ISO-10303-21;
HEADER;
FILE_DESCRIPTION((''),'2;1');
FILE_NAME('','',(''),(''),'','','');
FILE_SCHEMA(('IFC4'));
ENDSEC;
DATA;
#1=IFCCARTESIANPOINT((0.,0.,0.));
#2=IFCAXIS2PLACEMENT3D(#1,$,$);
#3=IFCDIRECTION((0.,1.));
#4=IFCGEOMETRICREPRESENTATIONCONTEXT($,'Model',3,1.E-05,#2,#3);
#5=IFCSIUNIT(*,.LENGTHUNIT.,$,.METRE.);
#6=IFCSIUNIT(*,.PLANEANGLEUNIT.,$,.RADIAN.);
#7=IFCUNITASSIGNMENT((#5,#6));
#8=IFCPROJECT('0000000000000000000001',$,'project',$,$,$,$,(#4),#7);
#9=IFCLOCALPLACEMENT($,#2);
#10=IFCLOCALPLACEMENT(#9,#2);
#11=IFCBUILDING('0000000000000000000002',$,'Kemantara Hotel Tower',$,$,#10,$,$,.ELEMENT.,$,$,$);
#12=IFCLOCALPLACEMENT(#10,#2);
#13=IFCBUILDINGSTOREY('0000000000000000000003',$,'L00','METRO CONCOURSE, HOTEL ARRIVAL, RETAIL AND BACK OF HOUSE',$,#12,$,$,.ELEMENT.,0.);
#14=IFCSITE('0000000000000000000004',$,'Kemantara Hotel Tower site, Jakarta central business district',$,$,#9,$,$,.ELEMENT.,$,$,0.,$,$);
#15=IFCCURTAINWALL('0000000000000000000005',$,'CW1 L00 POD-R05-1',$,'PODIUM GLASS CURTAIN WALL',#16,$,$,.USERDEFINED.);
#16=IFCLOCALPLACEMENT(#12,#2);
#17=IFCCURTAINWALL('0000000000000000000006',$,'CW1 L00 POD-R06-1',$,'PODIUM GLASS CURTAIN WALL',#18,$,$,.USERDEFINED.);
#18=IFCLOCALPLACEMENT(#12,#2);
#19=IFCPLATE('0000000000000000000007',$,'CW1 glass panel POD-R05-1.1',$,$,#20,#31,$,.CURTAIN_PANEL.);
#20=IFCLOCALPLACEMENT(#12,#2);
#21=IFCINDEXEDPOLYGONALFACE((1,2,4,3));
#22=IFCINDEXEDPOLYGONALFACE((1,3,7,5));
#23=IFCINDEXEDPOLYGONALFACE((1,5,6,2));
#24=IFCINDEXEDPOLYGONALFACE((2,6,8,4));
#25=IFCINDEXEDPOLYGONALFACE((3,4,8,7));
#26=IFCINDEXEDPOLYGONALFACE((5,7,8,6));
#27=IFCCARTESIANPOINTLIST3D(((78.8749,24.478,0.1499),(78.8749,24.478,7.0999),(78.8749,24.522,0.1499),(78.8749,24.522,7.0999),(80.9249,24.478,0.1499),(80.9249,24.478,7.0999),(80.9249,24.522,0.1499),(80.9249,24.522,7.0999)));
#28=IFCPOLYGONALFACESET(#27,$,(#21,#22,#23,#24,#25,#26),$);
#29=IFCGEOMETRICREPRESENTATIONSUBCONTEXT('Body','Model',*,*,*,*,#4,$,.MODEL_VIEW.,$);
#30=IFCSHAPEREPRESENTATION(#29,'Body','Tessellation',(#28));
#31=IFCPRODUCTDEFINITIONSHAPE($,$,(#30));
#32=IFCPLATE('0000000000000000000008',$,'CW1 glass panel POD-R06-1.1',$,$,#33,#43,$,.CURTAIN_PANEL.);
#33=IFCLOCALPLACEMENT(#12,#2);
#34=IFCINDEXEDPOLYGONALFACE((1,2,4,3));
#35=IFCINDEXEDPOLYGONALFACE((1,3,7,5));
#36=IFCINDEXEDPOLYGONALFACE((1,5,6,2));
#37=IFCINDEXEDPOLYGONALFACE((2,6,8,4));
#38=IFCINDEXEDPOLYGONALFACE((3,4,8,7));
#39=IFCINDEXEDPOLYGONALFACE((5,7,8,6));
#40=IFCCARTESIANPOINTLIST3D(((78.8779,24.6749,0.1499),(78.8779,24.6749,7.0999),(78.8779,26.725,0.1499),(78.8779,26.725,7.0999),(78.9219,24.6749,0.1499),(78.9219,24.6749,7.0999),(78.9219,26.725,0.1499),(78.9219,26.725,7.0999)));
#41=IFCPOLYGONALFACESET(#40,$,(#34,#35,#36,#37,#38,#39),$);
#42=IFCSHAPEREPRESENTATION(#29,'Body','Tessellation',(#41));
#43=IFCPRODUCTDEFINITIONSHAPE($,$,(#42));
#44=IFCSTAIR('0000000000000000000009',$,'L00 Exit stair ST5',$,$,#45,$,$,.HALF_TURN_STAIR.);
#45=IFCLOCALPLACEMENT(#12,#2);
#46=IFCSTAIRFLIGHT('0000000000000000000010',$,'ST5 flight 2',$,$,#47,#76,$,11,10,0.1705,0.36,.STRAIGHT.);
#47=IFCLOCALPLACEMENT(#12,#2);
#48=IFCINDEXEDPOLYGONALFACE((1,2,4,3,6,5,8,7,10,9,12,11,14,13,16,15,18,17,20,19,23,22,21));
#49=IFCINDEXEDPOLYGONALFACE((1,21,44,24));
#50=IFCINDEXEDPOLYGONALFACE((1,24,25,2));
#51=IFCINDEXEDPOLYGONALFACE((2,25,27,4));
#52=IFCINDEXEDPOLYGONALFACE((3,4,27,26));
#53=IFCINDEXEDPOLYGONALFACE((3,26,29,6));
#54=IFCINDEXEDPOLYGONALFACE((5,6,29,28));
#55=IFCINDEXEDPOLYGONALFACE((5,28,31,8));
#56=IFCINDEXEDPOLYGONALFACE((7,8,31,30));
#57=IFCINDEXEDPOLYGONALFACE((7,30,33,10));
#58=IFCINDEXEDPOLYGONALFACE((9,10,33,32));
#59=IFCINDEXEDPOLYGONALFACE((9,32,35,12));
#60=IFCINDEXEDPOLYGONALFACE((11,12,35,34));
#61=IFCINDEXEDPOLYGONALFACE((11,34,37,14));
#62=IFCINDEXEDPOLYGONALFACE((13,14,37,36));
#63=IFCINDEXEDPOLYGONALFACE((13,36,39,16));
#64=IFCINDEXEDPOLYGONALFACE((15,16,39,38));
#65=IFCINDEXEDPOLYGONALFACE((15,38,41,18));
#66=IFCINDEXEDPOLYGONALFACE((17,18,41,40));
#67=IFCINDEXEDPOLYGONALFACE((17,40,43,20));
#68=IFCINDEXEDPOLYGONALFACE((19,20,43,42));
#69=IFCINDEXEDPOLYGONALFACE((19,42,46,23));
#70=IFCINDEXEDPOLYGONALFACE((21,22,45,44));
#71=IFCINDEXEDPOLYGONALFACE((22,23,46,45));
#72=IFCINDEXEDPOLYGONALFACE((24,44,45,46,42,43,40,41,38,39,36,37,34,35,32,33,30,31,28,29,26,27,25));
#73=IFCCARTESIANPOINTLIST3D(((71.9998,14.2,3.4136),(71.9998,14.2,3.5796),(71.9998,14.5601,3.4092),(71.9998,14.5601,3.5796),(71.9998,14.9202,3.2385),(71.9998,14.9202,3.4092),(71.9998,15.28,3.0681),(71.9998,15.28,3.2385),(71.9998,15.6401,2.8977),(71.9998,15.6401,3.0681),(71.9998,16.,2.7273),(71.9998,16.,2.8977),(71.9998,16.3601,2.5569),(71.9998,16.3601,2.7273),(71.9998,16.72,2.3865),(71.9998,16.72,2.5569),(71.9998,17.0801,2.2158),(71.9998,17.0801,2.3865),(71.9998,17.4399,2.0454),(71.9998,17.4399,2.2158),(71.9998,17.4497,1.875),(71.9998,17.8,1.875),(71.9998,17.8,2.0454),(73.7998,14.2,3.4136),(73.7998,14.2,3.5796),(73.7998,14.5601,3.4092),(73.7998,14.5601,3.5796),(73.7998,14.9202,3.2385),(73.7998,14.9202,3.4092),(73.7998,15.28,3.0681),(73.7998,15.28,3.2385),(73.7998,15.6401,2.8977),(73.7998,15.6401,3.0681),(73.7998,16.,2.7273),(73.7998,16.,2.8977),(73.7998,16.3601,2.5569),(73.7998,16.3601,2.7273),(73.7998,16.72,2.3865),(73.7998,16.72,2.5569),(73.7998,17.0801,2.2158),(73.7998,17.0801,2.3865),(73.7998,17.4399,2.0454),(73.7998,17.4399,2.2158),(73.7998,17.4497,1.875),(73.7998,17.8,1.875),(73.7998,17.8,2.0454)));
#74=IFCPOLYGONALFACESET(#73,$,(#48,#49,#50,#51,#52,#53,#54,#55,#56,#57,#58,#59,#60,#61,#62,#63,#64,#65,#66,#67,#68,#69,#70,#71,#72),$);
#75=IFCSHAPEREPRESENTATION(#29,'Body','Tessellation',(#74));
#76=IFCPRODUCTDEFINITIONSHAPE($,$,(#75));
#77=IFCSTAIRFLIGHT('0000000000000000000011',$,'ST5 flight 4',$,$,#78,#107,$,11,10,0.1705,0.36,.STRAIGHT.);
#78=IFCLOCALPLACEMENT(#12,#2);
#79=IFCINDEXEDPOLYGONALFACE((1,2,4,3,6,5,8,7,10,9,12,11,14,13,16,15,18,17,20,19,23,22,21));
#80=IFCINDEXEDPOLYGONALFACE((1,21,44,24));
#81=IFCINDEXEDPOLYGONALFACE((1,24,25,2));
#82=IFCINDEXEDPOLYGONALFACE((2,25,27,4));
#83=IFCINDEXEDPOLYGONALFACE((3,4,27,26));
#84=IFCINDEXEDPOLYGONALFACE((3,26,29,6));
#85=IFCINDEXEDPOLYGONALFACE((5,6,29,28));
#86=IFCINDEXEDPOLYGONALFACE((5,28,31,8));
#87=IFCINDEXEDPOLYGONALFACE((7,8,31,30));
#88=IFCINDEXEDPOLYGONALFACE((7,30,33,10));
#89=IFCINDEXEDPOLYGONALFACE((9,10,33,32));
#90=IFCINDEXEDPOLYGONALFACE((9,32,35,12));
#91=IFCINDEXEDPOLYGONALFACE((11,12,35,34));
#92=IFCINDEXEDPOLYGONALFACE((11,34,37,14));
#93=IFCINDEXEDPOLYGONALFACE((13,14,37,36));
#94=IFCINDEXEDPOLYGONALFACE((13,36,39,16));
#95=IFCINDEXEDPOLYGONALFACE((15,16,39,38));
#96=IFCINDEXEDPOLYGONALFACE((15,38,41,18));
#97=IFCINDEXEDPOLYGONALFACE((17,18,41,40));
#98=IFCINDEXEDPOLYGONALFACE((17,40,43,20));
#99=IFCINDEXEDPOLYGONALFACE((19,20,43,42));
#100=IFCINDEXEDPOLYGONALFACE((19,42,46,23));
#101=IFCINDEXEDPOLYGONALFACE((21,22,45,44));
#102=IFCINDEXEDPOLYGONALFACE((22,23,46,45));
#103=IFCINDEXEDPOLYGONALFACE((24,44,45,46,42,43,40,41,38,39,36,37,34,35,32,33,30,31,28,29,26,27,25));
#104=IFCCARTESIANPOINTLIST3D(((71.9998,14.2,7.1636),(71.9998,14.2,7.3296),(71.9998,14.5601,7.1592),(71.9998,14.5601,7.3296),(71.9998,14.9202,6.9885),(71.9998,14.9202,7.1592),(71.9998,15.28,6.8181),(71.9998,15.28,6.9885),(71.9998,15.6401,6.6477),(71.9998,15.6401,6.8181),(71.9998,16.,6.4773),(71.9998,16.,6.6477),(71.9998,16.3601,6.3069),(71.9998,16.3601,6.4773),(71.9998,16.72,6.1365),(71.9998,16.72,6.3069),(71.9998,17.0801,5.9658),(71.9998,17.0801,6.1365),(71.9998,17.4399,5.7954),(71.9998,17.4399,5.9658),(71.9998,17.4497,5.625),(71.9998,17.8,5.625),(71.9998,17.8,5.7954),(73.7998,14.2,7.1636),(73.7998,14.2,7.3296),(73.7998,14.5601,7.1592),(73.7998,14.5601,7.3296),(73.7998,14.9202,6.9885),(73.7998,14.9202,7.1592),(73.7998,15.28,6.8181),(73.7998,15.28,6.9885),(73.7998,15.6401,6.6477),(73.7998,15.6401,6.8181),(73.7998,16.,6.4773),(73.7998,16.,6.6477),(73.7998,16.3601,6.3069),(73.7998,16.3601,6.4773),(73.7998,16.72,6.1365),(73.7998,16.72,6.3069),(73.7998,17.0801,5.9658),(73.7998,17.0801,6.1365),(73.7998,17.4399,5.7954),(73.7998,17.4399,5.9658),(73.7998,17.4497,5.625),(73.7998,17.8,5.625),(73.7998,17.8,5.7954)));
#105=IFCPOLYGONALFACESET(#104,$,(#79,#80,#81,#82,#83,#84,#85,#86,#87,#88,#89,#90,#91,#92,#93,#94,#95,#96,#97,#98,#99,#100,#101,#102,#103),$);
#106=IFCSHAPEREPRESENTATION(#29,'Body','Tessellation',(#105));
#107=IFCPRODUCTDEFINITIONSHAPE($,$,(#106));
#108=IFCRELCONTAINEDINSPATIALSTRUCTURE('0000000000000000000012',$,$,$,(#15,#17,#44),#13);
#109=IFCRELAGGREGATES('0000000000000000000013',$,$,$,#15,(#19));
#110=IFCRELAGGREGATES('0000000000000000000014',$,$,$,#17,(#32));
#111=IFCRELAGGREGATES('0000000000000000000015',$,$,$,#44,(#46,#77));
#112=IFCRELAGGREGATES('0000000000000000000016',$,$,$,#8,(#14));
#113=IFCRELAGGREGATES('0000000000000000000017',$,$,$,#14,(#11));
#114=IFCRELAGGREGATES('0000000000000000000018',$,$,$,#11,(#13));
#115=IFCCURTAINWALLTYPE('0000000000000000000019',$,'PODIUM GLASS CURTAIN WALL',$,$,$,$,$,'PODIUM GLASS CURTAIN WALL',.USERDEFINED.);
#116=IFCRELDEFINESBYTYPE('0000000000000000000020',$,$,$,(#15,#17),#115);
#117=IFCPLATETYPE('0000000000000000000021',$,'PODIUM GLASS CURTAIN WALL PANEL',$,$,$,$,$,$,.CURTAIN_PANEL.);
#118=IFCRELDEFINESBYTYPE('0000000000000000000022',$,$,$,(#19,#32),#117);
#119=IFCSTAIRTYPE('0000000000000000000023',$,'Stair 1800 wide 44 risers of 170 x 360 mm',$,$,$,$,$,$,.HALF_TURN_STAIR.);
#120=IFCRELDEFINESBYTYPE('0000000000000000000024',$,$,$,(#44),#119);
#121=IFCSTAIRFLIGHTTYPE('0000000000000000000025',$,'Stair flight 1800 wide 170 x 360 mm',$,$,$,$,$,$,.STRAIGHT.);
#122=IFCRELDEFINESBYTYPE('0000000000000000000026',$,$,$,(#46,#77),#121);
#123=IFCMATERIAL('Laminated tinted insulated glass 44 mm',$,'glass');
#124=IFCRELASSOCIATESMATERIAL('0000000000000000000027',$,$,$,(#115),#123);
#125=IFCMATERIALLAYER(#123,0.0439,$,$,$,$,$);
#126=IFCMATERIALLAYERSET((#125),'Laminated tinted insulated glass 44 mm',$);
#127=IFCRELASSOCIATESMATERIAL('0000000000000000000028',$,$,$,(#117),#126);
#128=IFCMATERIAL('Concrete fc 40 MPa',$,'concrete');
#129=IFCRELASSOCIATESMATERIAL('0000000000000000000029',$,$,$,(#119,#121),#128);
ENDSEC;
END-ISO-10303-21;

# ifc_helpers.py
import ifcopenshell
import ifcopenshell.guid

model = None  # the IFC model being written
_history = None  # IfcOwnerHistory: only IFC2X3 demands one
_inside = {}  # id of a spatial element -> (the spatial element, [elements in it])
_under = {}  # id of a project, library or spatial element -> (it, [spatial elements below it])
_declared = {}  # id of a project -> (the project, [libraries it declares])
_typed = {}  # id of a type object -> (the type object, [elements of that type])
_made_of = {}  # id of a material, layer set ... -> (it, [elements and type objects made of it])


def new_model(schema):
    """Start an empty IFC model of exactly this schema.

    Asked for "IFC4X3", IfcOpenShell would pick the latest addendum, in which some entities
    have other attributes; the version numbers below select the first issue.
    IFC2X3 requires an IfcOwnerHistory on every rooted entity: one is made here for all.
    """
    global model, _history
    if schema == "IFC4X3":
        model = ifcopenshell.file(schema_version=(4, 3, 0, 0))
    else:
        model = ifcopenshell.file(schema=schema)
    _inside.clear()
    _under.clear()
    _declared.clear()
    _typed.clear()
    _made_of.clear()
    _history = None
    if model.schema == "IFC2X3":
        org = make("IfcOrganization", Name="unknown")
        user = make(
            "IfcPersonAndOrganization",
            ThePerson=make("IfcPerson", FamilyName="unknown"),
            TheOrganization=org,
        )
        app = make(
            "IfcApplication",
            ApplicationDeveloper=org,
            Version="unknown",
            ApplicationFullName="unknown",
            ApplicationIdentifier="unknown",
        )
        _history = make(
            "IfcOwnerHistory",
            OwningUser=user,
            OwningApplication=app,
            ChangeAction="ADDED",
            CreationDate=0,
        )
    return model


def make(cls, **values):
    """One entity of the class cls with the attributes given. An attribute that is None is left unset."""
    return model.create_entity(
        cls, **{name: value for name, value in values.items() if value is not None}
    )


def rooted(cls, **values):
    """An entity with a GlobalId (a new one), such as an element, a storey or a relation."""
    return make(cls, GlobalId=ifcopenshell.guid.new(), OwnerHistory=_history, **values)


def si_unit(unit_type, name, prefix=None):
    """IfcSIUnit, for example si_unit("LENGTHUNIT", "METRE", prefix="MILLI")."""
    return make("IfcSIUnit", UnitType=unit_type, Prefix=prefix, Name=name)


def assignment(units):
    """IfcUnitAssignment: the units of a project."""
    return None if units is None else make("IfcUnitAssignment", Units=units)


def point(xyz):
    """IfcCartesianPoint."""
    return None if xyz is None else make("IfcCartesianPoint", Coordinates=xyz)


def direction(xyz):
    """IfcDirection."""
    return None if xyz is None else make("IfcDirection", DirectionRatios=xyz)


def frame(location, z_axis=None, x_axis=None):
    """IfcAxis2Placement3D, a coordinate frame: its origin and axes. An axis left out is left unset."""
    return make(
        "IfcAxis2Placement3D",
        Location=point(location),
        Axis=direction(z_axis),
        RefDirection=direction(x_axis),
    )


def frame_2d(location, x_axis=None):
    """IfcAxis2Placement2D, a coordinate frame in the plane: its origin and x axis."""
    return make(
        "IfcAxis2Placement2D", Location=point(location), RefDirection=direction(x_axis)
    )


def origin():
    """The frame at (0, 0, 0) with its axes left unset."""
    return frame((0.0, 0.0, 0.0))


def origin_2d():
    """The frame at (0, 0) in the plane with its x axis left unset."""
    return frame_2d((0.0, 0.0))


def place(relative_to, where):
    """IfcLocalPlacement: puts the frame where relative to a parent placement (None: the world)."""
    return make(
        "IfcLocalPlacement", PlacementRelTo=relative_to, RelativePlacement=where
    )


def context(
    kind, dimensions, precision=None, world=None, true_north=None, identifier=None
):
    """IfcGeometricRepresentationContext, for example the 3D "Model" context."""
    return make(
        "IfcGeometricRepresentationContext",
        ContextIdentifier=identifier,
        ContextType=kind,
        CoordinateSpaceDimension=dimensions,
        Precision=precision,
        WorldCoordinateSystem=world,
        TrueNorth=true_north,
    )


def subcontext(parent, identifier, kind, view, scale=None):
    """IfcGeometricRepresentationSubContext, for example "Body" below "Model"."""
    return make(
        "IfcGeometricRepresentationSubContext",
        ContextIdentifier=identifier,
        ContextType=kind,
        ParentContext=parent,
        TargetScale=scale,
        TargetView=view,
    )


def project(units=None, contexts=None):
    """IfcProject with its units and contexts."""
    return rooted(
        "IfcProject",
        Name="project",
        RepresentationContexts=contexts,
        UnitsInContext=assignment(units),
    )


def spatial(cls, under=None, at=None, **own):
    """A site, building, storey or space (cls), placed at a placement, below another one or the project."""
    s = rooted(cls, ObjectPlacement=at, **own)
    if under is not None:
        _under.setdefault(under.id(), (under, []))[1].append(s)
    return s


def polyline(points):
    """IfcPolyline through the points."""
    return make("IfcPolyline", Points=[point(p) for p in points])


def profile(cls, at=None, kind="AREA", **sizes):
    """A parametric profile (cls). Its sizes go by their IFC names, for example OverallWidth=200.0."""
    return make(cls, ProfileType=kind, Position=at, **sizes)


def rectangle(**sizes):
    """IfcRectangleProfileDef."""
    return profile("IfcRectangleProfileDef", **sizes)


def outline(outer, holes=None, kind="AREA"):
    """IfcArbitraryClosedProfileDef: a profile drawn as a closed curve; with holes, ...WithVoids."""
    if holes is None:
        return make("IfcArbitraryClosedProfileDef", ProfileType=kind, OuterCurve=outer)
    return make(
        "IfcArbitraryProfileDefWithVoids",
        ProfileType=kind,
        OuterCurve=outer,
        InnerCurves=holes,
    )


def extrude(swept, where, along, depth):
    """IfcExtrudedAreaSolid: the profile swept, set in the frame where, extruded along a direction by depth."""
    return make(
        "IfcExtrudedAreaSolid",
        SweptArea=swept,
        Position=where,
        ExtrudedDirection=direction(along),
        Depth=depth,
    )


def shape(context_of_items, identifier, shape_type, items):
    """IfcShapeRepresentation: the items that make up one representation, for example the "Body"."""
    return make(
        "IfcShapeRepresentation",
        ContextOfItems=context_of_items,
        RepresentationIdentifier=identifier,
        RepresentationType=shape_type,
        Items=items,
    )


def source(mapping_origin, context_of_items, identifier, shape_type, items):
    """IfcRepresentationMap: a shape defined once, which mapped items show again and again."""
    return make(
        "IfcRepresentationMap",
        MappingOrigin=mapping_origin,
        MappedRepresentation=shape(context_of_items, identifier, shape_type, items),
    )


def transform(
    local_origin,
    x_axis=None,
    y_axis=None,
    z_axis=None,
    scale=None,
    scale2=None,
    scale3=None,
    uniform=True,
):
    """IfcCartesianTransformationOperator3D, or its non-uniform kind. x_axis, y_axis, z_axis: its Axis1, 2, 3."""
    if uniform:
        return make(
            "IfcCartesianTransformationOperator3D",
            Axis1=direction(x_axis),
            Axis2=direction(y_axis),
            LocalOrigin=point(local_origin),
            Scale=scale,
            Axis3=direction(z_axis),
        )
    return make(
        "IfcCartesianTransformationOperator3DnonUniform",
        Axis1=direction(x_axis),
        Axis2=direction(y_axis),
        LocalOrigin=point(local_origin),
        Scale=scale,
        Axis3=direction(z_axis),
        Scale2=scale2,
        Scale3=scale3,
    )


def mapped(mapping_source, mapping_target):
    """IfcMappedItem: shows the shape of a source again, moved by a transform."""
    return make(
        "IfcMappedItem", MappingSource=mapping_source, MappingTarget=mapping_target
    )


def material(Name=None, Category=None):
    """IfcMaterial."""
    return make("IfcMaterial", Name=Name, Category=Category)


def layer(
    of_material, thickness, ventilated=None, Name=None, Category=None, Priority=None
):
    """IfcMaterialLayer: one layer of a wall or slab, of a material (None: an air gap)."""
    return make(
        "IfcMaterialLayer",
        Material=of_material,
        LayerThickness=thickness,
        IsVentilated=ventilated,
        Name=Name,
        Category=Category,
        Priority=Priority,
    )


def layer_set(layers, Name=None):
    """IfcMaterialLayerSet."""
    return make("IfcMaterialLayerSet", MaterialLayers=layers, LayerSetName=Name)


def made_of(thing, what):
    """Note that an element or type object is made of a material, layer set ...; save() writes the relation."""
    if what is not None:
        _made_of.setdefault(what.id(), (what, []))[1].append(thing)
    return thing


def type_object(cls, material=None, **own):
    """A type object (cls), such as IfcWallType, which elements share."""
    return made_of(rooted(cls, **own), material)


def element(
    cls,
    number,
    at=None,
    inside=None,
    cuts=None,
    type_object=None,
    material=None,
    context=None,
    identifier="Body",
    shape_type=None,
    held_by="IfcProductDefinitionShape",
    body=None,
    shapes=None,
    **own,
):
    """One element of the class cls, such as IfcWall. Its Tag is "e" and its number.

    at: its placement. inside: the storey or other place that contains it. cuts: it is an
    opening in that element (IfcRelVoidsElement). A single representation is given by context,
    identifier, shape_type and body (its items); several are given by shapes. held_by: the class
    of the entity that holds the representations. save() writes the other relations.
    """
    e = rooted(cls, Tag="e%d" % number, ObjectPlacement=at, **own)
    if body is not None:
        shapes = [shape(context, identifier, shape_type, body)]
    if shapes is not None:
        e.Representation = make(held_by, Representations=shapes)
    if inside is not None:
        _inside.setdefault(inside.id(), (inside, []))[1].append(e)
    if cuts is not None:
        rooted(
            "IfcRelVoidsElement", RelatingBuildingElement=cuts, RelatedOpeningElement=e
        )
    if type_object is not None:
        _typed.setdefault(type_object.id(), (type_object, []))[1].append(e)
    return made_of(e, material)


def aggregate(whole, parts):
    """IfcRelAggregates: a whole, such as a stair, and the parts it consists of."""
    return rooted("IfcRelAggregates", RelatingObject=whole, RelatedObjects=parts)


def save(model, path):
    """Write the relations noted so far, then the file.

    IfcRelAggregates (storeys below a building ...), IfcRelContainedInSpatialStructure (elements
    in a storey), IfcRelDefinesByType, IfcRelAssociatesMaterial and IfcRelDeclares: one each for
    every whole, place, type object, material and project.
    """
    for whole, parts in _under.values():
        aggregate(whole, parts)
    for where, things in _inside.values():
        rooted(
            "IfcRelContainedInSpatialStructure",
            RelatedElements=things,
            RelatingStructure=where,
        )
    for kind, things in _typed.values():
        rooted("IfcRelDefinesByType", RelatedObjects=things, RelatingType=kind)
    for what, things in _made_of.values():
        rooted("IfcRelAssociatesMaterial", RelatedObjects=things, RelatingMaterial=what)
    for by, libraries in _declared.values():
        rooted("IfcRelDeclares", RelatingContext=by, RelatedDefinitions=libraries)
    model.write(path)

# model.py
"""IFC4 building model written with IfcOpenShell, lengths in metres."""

from ifc_helpers import new_model, si_unit, direction, frame, origin, origin_2d, place, context, subcontext, project, spatial, polyline, rectangle, outline, extrude, source, transform, mapped, material, layer, layer_set, type_object, element, aggregate, save


model = new_model("IFC4")

# Units and contexts
model_context = context("Model", 3, precision=1e-05, world=origin(), true_north=direction((0.0, 1.0)))
body_context = subcontext(model_context, "Body", "Model", "MODEL_VIEW")
ifc_project = project(units=[si_unit("LENGTHUNIT", "METRE"), si_unit("PLANEANGLEUNIT", "RADIAN")], contexts=[model_context])

# Site, building, storey
site_placement = place(None, origin())
site = spatial("IfcSite", under=ifc_project, at=site_placement, Name="Kemantara Hotel Tower site, Jakarta central business district", CompositionType="ELEMENT", RefElevation=0.0)
building_placement = place(site_placement, origin())
building = spatial("IfcBuilding", under=site, at=building_placement, Name="Kemantara Hotel Tower", CompositionType="ELEMENT")
storey_placement = place(building_placement, origin())
storey = spatial("IfcBuildingStorey", under=building, at=storey_placement, Name="L00", Description="METRO CONCOURSE, HOTEL ARRIVAL, RETAIL AND BACK OF HOUSE", CompositionType="ELEMENT", Elevation=0.0)

# Curtain walls
ifc_material_1 = material(Name="Laminated tinted insulated glass 44 mm", Category="glass")
curtain_wall_type = type_object("IfcCurtainWallType", Name="PODIUM GLASS CURTAIN WALL", ElementType="PODIUM GLASS CURTAIN WALL", PredefinedType="USERDEFINED", material=ifc_material_1)
curtain_wall_1_placement = place(storey_placement, origin())
curtain_wall_1 = element("IfcCurtainWall", 1, at=curtain_wall_1_placement, inside=storey, type_object=curtain_wall_type, Name="CW1 L00 POD-R05-1", ObjectType="PODIUM GLASS CURTAIN WALL", PredefinedType="USERDEFINED")
curtain_wall_2_placement = place(storey_placement, origin())
curtain_wall_2 = element("IfcCurtainWall", 2, at=curtain_wall_2_placement, inside=storey, type_object=curtain_wall_type, Name="CW1 L00 POD-R06-1", ObjectType="PODIUM GLASS CURTAIN WALL", PredefinedType="USERDEFINED")

# Plates
ifc_layer_1 = layer(ifc_material_1, 0.0439)
ifc_layer_set_1 = layer_set([ifc_layer_1], Name="Laminated tinted insulated glass 44 mm")
plate_type = type_object("IfcPlateType", Name="PODIUM GLASS CURTAIN WALL PANEL", PredefinedType="CURTAIN_PANEL", material=ifc_layer_set_1)
shared_shape_1 = source(origin(), body_context, "Body", "SweptSolid", [
    extrude(rectangle(XDim=2.05, YDim=0.0439, at=origin_2d()), origin(), (0.0, 0.0, 1.0), 6.95),
])
plate_1_placement = place(storey_placement, frame((79.8999, 24.5, 0.1499), z_axis=(0.0, 0.0, 1.0), x_axis=(-1.0, 0.0, 0.0)))
plate_1 = element("IfcPlate", 3, at=plate_1_placement, type_object=plate_type, Name="CW1 glass panel POD-R05-1.1", PredefinedType="CURTAIN_PANEL", context=body_context, shape_type="MappedRepresentation", body=[
    mapped(shared_shape_1, transform((0.0, 0.0, 0.0))),
])
aggregate(curtain_wall_1, [plate_1])
plate_2_placement = place(storey_placement, frame((78.8999, 25.7, 0.1499), z_axis=(0.0, 0.0, 1.0), x_axis=(0.0, 1.0, 0.0)))
plate_2 = element("IfcPlate", 4, at=plate_2_placement, type_object=plate_type, Name="CW1 glass panel POD-R06-1.1", PredefinedType="CURTAIN_PANEL", context=body_context, shape_type="MappedRepresentation", body=[
    mapped(shared_shape_1, transform((0.0, 0.0, 0.0))),
])
aggregate(curtain_wall_2, [plate_2])

# Stair, stair flights
ifc_material_2 = material(Name="Concrete fc 40 MPa", Category="concrete")
stair_type = type_object("IfcStairType", Name="Stair 1800 wide 44 risers of 170 x 360 mm", PredefinedType="HALF_TURN_STAIR", material=ifc_material_2)
stair_placement = place(storey_placement, origin())
stair = element("IfcStair", 5, at=stair_placement, inside=storey, type_object=stair_type, Name="L00 Exit stair ST5", PredefinedType="HALF_TURN_STAIR")
stair_flight_type = type_object("IfcStairFlightType", Name="Stair flight 1800 wide 170 x 360 mm", PredefinedType="STRAIGHT", material=ifc_material_2)
stair_flight_1_placement = place(storey_placement, frame((72.8999, 17.8, 1.875), z_axis=(0.0, 0.0, 1.0), x_axis=(0.0, -1.0, 0.0)))
stair_flight_1 = element("IfcStairFlight", 6, at=stair_flight_1_placement, type_object=stair_flight_type, Name="ST5 flight 2", NumberOfRisers=11, NumberOfTreads=10, PredefinedType="STRAIGHT", RiserHeight=0.1705, TreadLength=0.36, context=body_context, shape_type="SweptSolid", body=[
    extrude(outline(polyline([(0.0, 0.0), (0.0, 0.1704), (0.3601, 0.1704), (0.3601, 0.3408), (0.72, 0.3408), (0.72, 0.5115), (1.0801, 0.5115), (1.0801, 0.6819), (1.4399, 0.6819), (1.4399, 0.8523), (1.8, 0.8523), (1.8, 1.0227), (2.1599, 1.0227), (2.1599, 1.1931), (2.52, 1.1931), (2.52, 1.3635), (2.8799, 1.3635), (2.8799, 1.5342), (3.24, 1.5342), (3.24, 1.7046), (3.6001, 1.7046), (3.6001, 1.875), (3.6001, 1.5386), (0.3503, 0.0), (0.0, 0.0)])), frame((0.0, 0.8999, 0.0), z_axis=(0.0, -1.0, 0.0), x_axis=(1.0, 0.0, 0.0)), (0.0, 0.0, 1.0), 1.8),
])
stair_flight_2_placement = place(storey_placement, frame((72.8999, 17.8, 5.625), z_axis=(0.0, 0.0, 1.0), x_axis=(0.0, -1.0, 0.0)))
stair_flight_2 = element("IfcStairFlight", 7, at=stair_flight_2_placement, type_object=stair_flight_type, Name="ST5 flight 4", NumberOfRisers=11, NumberOfTreads=10, PredefinedType="STRAIGHT", RiserHeight=0.1705, TreadLength=0.36, context=body_context, shape_type="SweptSolid", body=[
    extrude(outline(polyline([(0.0, 0.0), (0.0, 0.1704), (0.3601, 0.1704), (0.3601, 0.3408), (0.72, 0.3408), (0.72, 0.5115), (1.0801, 0.5115), (1.0801, 0.6819), (1.4399, 0.6819), (1.4399, 0.8523), (1.8, 0.8523), (1.8, 1.0227), (2.1599, 1.0227), (2.1599, 1.1931), (2.52, 1.1931), (2.52, 1.3635), (2.8799, 1.3635), (2.8799, 1.5342), (3.24, 1.5342), (3.24, 1.7046), (3.6001, 1.7046), (3.6001, 1.875), (3.6001, 1.5386), (0.3503, 0.0), (0.0, 0.0)])), frame((0.0, 0.8999, 0.0), z_axis=(0.0, -1.0, 0.0), x_axis=(1.0, 0.0, 0.0)), (0.0, 0.0, 1.0), 1.8),
])
aggregate(stair, [stair_flight_1, stair_flight_2])

save(model, "model.ifc")
